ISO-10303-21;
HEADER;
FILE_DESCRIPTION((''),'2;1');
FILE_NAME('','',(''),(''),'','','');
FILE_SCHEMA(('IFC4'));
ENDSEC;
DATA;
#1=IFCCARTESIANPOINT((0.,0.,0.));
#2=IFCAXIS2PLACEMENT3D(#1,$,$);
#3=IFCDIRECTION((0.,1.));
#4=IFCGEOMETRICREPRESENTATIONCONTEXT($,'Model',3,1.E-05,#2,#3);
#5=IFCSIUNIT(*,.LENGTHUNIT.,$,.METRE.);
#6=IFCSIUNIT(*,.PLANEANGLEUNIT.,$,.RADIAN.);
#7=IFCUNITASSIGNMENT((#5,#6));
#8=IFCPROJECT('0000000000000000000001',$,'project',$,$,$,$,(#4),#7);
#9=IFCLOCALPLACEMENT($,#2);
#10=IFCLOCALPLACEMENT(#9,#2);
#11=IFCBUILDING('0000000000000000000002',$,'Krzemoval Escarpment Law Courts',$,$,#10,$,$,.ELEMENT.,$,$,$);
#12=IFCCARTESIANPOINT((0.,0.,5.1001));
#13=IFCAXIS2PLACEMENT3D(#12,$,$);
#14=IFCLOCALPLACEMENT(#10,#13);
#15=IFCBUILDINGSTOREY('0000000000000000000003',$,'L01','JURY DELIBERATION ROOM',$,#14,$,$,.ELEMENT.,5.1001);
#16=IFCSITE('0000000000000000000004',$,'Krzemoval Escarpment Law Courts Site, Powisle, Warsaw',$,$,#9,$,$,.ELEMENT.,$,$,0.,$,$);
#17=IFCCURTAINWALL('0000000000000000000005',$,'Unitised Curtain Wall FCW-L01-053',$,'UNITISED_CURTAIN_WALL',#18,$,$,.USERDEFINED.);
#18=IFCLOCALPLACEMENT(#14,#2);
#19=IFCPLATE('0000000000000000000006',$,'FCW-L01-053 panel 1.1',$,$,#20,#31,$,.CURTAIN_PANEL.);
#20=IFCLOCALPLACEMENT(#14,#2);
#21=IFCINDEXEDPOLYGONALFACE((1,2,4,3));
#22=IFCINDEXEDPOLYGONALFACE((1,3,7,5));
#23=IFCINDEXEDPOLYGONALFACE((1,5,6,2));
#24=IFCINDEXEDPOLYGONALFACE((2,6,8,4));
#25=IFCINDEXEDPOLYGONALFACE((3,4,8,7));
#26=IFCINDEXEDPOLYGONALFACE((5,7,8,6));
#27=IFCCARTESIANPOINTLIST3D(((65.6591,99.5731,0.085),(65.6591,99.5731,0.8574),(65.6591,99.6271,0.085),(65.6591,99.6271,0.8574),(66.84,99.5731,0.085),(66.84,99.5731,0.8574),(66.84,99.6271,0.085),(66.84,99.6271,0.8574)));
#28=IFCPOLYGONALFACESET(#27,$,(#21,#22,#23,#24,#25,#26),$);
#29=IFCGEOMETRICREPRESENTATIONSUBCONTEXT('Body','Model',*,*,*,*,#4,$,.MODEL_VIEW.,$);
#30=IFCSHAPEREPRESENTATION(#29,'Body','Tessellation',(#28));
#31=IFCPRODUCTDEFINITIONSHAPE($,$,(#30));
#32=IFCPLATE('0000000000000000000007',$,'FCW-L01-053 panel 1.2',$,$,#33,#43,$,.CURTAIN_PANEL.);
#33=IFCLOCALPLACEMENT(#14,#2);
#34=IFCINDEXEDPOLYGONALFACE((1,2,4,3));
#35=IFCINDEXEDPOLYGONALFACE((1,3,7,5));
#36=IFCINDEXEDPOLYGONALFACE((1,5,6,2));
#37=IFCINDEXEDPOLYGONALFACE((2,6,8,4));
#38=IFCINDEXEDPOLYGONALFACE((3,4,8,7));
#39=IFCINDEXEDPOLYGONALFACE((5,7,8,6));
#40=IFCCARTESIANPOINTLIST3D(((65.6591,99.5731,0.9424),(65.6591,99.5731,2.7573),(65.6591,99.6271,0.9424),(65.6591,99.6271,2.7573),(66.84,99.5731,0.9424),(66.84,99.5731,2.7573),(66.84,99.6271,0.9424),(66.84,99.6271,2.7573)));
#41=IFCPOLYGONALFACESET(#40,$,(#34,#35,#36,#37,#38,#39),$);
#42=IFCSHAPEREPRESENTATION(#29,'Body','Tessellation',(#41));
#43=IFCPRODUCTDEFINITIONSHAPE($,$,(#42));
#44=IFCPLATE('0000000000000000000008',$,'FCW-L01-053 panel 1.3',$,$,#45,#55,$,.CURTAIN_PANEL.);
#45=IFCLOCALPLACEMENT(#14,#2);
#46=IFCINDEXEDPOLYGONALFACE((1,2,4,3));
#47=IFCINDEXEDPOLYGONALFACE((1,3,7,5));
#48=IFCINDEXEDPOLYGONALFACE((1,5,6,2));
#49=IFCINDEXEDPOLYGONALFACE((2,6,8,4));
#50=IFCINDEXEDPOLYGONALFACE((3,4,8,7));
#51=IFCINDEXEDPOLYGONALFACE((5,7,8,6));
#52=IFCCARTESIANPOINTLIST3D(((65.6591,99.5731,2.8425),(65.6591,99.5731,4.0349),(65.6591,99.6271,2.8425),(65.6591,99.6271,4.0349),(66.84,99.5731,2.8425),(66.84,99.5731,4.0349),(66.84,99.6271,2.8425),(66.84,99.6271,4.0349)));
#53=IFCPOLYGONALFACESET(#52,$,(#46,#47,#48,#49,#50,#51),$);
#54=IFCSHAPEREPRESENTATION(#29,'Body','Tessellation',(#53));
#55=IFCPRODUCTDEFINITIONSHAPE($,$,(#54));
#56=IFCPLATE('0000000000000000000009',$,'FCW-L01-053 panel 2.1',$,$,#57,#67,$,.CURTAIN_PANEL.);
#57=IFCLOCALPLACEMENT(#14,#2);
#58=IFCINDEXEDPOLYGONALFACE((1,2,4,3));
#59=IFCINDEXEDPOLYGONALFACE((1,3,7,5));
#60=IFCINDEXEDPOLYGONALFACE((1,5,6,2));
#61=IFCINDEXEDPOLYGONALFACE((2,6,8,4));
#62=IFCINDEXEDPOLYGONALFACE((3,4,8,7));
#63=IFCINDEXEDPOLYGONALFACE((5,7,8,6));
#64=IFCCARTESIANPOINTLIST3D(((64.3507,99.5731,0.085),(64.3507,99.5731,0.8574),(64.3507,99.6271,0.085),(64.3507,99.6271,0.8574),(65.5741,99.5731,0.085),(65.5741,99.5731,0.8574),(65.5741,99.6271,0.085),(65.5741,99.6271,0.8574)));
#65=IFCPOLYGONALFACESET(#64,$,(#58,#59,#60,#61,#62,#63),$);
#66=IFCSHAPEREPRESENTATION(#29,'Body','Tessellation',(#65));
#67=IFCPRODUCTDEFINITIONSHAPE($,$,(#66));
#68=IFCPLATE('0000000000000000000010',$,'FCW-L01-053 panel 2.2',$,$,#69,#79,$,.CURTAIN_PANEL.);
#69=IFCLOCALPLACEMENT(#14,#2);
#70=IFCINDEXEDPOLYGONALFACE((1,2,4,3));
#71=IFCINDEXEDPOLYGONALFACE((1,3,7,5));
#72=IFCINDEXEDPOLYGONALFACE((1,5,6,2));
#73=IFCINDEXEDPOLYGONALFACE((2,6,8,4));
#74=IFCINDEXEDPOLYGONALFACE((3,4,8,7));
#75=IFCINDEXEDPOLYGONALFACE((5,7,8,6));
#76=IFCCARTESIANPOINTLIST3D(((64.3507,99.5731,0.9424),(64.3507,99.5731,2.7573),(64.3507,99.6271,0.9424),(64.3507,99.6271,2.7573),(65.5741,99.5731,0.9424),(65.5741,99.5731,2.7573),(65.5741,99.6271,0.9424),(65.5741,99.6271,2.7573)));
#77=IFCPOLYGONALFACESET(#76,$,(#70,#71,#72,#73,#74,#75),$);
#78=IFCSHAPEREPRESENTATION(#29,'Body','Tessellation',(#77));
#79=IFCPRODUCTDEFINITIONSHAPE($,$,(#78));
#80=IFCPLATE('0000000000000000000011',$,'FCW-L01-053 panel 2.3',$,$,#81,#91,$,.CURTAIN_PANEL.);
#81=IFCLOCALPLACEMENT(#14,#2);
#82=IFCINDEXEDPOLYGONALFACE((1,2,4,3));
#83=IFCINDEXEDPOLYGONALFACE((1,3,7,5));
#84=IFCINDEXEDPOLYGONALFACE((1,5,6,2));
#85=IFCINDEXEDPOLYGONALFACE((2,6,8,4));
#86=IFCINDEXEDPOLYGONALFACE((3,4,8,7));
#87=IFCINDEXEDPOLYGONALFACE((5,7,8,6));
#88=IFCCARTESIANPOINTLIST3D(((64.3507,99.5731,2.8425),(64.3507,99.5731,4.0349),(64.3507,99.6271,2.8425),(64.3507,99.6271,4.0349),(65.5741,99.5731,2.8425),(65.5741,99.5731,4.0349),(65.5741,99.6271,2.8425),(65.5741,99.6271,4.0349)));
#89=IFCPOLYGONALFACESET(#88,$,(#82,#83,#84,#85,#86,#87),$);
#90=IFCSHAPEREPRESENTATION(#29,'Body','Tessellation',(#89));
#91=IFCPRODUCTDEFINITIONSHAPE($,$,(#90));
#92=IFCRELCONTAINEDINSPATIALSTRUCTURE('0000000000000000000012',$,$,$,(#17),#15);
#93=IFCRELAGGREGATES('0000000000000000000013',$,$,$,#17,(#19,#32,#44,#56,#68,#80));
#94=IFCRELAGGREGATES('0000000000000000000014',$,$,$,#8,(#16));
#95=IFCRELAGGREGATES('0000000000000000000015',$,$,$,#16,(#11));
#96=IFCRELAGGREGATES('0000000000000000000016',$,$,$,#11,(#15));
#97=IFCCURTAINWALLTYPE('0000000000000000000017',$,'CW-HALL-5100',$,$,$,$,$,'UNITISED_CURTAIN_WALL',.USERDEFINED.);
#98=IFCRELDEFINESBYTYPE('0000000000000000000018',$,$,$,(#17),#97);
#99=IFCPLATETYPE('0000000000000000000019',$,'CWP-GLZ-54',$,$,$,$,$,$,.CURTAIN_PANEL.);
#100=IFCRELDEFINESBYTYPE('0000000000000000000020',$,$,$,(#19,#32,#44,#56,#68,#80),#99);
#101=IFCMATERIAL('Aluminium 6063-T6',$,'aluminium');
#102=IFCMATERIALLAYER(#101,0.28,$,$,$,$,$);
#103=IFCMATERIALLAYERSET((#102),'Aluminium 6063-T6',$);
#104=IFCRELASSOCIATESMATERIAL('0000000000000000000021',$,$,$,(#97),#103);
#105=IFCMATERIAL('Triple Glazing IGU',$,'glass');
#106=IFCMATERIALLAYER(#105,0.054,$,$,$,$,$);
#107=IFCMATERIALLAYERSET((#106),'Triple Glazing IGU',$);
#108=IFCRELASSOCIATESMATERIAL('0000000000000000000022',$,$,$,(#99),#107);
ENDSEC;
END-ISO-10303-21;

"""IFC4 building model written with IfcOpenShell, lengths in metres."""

from ifc_helpers import new_model, si_unit, direction, frame, origin, origin_2d, place, context, subcontext, project, spatial, rectangle, extrude, material, layer, layer_set, type_object, element, aggregate, save


model = new_model("IFC4")

# Units and contexts
model_context = context("Model", 3, precision=1e-05, world=origin(), true_north=direction((0.0, 1.0)))
body_context = subcontext(model_context, "Body", "Model", "MODEL_VIEW")
ifc_project = project(units=[si_unit("LENGTHUNIT", "METRE"), si_unit("PLANEANGLEUNIT", "RADIAN")], contexts=[model_context])

# Site, building, storey
site_placement = place(None, origin())
site = spatial("IfcSite", under=ifc_project, at=site_placement, Name="Krzemoval Escarpment Law Courts Site, Powisle, Warsaw", CompositionType="ELEMENT", RefElevation=0.0)
building_placement = place(site_placement, origin())
building = spatial("IfcBuilding", under=site, at=building_placement, Name="Krzemoval Escarpment Law Courts", CompositionType="ELEMENT")
storey_placement = place(building_placement, frame((0.0, 0.0, 5.1001)))
storey = spatial("IfcBuildingStorey", under=building, at=storey_placement, Name="L01", Description="JURY DELIBERATION ROOM", CompositionType="ELEMENT", Elevation=5.1001)

# Curtain wall
ifc_material_1 = material(Name="Aluminium 6063-T6", Category="aluminium")
ifc_layer_1 = layer(ifc_material_1, 0.28)
ifc_layer_set_1 = layer_set([ifc_layer_1], Name="Aluminium 6063-T6")
curtain_wall_type = type_object("IfcCurtainWallType", Name="CW-HALL-5100", ElementType="UNITISED_CURTAIN_WALL", PredefinedType="USERDEFINED", material=ifc_layer_set_1)
curtain_wall_placement = place(storey_placement, origin())
curtain_wall = element("IfcCurtainWall", 1, at=curtain_wall_placement, inside=storey, type_object=curtain_wall_type, Name="Unitised Curtain Wall FCW-L01-053", ObjectType="UNITISED_CURTAIN_WALL", PredefinedType="USERDEFINED")

# Plates
ifc_material_2 = material(Name="Triple Glazing IGU", Category="glass")
ifc_layer_2 = layer(ifc_material_2, 0.054)
ifc_layer_set_2 = layer_set([ifc_layer_2], Name="Triple Glazing IGU")
plate_type = type_object("IfcPlateType", Name="CWP-GLZ-54", PredefinedType="CURTAIN_PANEL", material=ifc_layer_set_2)
plate_1_placement = place(storey_placement, frame((66.2495, 99.6001, 0.085), z_axis=(0.0, 0.0, 1.0), x_axis=(-1.0, 0.0, 0.0)))
plate_1 = element("IfcPlate", 2, at=plate_1_placement, type_object=plate_type, Name="FCW-L01-053 panel 1.1", PredefinedType="CURTAIN_PANEL", context=body_context, shape_type="SweptSolid", body=[
    extrude(rectangle(XDim=1.1809, YDim=0.054, at=origin_2d()), origin(), (0.0, 0.0, 1.0), 0.7725),
])
plate_2_placement = place(storey_placement, frame((66.2495, 99.6001, 0.9424), z_axis=(0.0, 0.0, 1.0), x_axis=(-1.0, 0.0, 0.0)))
plate_2 = element("IfcPlate", 3, at=plate_2_placement, type_object=plate_type, Name="FCW-L01-053 panel 1.2", PredefinedType="CURTAIN_PANEL", context=body_context, shape_type="SweptSolid", body=[
    extrude(rectangle(XDim=1.1809, YDim=0.054, at=origin_2d()), origin(), (0.0, 0.0, 1.0), 1.8149),
])
plate_3_placement = place(storey_placement, frame((66.2495, 99.6001, 2.8425), z_axis=(0.0, 0.0, 1.0), x_axis=(-1.0, 0.0, 0.0)))
plate_3 = element("IfcPlate", 4, at=plate_3_placement, type_object=plate_type, Name="FCW-L01-053 panel 1.3", PredefinedType="CURTAIN_PANEL", context=body_context, shape_type="SweptSolid", body=[
    extrude(rectangle(XDim=1.1809, YDim=0.054, at=origin_2d()), origin(), (0.0, 0.0, 1.0), 1.1924),
])
plate_4_placement = place(storey_placement, frame((64.9624, 99.6001, 0.085), z_axis=(0.0, 0.0, 1.0), x_axis=(-1.0, 0.0, 0.0)))
plate_4 = element("IfcPlate", 5, at=plate_4_placement, type_object=plate_type, Name="FCW-L01-053 panel 2.1", PredefinedType="CURTAIN_PANEL", context=body_context, shape_type="SweptSolid", body=[
    extrude(rectangle(XDim=1.2234, YDim=0.054, at=origin_2d()), origin(), (0.0, 0.0, 1.0), 0.7725),
])
plate_5_placement = place(storey_placement, frame((64.9624, 99.6001, 0.9424), z_axis=(0.0, 0.0, 1.0), x_axis=(-1.0, 0.0, 0.0)))
plate_5 = element("IfcPlate", 6, at=plate_5_placement, type_object=plate_type, Name="FCW-L01-053 panel 2.2", PredefinedType="CURTAIN_PANEL", context=body_context, shape_type="SweptSolid", body=[
    extrude(rectangle(XDim=1.2234, YDim=0.054, at=origin_2d()), origin(), (0.0, 0.0, 1.0), 1.8149),
])
plate_6_placement = place(storey_placement, frame((64.9624, 99.6001, 2.8425), z_axis=(0.0, 0.0, 1.0), x_axis=(-1.0, 0.0, 0.0)))
plate_6 = element("IfcPlate", 7, at=plate_6_placement, type_object=plate_type, Name="FCW-L01-053 panel 2.3", PredefinedType="CURTAIN_PANEL", context=body_context, shape_type="SweptSolid", body=[
    extrude(rectangle(XDim=1.2234, YDim=0.054, at=origin_2d()), origin(), (0.0, 0.0, 1.0), 1.1924),
])
aggregate(curtain_wall, [plate_1, plate_2, plate_3, plate_4, plate_5, plate_6])

save(model, "model.ifc")
